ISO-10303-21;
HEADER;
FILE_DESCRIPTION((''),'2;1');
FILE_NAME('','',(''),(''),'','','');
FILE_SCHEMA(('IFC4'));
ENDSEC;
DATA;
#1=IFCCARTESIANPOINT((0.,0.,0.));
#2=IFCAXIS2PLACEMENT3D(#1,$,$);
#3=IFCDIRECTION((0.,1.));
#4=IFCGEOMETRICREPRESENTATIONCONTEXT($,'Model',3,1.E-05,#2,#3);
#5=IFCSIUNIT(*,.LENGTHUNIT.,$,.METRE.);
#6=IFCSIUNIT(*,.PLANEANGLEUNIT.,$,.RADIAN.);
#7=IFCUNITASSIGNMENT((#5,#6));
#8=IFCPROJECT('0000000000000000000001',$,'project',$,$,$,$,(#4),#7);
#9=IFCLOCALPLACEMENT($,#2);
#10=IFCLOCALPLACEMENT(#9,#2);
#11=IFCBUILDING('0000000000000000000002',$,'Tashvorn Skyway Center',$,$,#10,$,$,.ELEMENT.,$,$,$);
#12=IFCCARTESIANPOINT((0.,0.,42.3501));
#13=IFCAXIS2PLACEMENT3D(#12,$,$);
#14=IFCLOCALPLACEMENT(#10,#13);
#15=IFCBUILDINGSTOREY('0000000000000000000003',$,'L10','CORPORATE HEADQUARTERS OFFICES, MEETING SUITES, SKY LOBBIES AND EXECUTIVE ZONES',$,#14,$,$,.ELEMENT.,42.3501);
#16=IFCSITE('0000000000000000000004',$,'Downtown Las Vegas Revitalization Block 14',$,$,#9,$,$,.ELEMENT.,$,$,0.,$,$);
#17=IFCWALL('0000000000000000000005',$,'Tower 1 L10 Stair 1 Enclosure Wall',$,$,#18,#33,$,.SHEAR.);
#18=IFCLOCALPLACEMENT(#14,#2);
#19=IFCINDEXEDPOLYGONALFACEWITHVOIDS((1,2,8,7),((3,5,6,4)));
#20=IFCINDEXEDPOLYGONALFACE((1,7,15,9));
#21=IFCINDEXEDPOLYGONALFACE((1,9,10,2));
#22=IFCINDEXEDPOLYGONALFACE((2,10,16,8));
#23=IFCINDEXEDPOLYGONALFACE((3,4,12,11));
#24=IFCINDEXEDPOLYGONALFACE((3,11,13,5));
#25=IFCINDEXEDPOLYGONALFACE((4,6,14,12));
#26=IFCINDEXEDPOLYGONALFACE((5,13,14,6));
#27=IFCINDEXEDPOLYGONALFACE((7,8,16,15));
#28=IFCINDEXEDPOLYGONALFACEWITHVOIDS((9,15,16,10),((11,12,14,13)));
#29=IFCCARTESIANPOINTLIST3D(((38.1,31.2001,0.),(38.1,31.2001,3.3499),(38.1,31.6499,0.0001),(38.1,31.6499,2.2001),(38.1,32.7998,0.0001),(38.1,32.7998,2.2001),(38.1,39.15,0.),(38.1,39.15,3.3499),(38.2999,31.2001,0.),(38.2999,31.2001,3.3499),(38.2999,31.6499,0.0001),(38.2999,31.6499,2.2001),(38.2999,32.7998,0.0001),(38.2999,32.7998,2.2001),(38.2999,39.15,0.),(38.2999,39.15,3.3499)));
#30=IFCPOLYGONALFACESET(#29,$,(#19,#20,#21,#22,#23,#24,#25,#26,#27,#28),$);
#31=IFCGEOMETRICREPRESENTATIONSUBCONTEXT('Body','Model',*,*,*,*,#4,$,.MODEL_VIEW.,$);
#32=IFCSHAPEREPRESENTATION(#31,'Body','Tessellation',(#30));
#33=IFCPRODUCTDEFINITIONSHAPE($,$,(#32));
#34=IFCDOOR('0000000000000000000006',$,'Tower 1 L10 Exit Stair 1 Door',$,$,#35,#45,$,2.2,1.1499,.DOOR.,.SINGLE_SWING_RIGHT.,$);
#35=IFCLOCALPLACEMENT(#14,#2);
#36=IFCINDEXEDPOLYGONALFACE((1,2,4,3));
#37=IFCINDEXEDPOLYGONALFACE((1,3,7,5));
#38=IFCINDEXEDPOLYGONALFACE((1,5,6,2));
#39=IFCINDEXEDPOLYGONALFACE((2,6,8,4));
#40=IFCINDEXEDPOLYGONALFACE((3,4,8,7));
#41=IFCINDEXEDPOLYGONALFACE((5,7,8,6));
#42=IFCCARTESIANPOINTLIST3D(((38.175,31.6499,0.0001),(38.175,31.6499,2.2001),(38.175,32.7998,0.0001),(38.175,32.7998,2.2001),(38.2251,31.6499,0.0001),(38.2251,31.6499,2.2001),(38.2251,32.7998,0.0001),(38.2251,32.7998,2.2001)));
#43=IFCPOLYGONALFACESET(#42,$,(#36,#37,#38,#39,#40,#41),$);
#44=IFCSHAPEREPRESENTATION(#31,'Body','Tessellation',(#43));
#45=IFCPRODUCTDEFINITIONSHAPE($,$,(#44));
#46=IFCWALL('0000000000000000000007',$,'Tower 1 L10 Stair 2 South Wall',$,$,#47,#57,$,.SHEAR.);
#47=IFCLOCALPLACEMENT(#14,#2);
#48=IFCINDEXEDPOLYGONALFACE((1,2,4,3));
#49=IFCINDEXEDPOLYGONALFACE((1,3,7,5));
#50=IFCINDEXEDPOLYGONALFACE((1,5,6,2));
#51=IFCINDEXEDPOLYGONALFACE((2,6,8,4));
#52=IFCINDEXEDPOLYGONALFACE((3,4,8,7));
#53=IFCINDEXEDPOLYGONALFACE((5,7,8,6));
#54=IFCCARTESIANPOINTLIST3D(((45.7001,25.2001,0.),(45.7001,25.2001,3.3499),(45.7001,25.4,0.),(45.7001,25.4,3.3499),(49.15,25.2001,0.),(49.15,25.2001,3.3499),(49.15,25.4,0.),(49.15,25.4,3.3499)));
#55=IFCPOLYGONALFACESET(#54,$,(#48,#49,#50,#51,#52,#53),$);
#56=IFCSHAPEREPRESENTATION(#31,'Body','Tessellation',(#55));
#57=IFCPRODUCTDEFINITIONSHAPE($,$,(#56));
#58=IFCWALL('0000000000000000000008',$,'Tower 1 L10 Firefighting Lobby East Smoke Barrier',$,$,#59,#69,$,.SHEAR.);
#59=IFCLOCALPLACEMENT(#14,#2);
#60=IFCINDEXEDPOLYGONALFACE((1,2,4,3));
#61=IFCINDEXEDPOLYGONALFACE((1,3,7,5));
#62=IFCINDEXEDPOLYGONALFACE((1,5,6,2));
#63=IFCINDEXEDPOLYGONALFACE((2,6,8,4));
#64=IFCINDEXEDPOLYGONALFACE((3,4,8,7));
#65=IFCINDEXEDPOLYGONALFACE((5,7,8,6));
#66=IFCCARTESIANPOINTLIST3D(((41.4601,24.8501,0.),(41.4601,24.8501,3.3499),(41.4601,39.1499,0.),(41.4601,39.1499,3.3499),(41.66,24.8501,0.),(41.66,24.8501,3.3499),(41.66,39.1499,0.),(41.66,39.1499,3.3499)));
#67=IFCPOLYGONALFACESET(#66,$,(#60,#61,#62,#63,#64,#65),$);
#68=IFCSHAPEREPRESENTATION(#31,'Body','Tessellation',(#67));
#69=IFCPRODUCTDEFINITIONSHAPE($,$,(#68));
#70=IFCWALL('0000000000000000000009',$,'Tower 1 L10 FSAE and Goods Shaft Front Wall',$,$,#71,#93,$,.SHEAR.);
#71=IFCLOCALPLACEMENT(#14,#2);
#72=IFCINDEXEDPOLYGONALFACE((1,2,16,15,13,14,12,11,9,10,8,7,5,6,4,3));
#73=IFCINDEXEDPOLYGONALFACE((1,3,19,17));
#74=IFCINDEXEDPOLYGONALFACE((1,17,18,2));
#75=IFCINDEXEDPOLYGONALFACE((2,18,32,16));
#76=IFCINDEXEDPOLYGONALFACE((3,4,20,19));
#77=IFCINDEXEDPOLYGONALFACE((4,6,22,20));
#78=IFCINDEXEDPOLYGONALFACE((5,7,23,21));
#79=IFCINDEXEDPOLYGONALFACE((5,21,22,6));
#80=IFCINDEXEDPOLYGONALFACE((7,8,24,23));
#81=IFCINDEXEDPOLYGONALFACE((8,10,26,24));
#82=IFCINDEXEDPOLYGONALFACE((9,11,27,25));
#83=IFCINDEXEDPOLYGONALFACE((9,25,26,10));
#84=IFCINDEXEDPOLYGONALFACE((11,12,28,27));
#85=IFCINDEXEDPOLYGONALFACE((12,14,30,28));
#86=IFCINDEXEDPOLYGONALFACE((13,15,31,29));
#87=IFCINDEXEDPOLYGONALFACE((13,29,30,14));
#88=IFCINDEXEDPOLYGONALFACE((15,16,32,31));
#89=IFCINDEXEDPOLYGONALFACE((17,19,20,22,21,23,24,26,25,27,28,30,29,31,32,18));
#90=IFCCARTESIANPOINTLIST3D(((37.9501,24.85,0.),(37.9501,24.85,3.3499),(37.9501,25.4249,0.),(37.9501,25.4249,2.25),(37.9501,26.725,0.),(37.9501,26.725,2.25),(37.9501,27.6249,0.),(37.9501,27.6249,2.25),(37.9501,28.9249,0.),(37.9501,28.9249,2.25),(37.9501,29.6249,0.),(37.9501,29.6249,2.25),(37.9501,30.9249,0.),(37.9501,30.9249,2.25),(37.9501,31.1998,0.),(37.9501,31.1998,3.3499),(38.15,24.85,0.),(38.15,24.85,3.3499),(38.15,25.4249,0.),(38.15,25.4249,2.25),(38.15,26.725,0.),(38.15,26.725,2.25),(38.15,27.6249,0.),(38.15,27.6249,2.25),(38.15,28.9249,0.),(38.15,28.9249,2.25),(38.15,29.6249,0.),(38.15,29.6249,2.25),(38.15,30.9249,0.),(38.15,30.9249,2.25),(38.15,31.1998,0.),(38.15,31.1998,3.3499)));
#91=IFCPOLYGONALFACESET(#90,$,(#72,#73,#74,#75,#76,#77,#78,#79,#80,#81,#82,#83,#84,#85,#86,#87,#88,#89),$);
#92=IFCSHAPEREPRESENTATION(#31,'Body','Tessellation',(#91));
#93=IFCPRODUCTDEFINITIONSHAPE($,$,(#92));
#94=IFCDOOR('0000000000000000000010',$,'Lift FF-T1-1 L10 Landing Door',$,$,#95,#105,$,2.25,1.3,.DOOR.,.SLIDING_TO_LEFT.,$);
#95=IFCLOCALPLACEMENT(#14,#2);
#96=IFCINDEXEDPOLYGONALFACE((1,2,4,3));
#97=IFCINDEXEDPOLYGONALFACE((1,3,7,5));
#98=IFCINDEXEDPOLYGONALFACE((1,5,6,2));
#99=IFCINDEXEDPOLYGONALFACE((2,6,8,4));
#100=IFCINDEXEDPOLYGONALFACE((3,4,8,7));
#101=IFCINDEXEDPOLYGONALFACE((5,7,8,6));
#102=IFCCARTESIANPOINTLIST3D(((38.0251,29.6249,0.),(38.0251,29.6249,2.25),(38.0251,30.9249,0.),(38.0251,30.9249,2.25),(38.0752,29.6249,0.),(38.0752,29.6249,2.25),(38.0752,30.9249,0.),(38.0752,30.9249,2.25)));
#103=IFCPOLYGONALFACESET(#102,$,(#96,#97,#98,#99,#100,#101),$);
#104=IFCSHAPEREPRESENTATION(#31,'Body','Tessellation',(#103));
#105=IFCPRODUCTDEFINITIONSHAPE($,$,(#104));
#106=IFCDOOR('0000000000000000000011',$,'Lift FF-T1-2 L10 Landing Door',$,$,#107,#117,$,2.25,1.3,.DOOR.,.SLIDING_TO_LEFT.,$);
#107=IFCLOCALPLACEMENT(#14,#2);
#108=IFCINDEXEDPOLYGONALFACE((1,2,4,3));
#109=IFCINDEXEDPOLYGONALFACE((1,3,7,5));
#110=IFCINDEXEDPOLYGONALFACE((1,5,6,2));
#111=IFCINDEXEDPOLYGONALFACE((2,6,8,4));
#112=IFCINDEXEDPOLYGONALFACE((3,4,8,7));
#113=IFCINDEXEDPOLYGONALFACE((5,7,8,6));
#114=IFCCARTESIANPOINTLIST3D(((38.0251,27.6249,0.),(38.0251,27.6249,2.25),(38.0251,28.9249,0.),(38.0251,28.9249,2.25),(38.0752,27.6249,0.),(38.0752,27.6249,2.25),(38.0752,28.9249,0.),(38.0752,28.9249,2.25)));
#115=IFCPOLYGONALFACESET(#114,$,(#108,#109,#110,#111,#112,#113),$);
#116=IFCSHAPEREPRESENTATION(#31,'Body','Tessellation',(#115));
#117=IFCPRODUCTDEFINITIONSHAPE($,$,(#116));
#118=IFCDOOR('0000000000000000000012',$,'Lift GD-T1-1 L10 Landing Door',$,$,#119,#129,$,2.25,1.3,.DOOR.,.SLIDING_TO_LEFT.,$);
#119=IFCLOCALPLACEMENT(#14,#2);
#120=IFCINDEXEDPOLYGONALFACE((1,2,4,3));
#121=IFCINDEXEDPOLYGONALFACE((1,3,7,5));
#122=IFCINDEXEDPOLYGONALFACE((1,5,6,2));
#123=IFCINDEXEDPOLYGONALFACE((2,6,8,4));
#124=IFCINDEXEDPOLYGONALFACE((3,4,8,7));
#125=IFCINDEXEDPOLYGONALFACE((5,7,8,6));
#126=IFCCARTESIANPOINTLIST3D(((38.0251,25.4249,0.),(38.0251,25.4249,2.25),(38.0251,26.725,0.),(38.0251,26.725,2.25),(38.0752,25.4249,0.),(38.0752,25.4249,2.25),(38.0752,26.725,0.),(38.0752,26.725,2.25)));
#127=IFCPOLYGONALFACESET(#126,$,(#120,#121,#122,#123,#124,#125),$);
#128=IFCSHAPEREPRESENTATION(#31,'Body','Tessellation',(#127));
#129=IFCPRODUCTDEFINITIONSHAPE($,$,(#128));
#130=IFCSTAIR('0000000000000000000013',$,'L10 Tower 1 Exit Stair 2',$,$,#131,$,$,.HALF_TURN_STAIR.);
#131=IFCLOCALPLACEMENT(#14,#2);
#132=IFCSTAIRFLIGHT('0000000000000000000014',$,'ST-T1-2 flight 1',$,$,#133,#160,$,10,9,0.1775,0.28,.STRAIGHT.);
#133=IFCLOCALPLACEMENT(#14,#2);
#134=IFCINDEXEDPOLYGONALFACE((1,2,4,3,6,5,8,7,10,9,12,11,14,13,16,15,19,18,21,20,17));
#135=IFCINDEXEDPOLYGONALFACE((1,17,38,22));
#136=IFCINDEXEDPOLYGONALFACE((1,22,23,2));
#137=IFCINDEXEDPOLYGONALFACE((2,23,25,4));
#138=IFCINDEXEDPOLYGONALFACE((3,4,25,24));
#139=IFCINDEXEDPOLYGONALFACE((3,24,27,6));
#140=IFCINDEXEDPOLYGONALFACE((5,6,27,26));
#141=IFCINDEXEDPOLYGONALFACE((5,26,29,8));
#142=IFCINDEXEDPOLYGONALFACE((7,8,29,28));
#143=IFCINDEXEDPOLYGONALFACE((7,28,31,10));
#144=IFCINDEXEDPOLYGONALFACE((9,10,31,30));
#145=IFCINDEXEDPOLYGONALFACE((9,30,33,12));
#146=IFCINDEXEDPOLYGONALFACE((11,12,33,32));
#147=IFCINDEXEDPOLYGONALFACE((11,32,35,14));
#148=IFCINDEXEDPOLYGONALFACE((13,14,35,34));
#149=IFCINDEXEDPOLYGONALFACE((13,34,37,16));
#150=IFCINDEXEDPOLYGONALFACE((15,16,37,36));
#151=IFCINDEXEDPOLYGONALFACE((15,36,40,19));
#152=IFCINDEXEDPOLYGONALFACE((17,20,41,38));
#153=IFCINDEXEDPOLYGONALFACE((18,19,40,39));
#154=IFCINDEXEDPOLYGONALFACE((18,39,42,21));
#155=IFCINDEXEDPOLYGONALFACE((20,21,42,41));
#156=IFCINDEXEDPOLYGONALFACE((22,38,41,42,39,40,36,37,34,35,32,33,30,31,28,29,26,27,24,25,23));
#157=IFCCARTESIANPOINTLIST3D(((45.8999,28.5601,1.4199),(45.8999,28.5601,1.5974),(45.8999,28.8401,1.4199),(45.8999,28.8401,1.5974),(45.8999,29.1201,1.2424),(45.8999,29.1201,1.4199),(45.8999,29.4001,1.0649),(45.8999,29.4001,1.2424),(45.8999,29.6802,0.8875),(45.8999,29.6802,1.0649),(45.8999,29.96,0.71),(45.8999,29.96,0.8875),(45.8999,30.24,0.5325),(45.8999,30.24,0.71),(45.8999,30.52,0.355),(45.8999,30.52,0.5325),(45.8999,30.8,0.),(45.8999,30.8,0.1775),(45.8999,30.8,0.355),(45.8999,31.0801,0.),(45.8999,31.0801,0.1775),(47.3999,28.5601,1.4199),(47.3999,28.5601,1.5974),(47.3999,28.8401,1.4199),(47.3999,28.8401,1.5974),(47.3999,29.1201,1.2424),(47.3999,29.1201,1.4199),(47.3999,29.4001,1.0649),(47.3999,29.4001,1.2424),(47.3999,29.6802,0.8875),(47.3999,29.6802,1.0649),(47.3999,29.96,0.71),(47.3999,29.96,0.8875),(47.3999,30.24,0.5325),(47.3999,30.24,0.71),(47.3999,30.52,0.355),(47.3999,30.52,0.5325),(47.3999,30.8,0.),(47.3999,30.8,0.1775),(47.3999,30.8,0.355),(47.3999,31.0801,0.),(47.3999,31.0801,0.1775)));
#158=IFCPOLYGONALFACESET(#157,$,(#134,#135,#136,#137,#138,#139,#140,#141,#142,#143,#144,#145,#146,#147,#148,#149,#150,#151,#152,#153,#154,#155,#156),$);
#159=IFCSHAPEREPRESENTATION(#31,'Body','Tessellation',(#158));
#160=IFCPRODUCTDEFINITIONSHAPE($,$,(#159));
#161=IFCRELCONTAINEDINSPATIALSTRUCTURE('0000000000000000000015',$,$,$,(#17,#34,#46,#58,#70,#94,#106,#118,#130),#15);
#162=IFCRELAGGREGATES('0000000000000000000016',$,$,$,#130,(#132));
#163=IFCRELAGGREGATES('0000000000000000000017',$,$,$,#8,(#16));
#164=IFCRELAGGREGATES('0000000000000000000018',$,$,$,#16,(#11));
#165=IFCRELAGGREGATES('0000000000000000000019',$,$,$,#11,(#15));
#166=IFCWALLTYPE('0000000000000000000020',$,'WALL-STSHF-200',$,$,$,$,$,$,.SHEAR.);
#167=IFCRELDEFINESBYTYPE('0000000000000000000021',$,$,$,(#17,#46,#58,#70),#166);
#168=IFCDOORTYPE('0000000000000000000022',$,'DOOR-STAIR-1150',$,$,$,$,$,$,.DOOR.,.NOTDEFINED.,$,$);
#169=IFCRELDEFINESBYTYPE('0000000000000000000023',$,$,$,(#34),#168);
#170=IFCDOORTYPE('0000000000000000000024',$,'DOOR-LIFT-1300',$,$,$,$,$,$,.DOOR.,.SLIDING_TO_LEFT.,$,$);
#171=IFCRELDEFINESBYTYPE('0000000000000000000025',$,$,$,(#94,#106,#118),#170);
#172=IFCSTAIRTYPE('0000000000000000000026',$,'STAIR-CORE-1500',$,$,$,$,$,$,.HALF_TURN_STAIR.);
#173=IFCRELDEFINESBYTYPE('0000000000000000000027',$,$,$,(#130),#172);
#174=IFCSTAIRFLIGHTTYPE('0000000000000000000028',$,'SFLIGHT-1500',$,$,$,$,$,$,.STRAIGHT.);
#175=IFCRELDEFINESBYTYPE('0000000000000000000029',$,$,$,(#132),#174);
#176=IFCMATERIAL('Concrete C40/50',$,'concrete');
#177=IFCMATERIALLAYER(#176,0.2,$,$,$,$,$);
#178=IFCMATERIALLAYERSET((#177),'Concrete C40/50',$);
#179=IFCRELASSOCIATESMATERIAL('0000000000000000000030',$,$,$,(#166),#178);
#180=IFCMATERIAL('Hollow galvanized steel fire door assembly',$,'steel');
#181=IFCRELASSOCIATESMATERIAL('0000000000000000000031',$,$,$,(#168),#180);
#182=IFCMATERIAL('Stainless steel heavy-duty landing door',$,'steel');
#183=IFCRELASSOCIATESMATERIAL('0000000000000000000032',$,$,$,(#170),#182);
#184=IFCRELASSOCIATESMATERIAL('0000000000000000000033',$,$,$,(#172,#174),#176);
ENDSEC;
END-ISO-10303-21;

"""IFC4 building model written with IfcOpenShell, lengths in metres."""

from ifc_helpers import new_model, si_unit, direction, frame, frame_2d, origin, place, context, subcontext, project, spatial, polyline, rectangle, outline, extrude, material, layer, layer_set, type_object, element, fill, aggregate, save


model = new_model("IFC4")

# Units and contexts
model_context = context("Model", 3, precision=1e-05, world=origin(), true_north=direction((0.0, 1.0)))
body_context = subcontext(model_context, "Body", "Model", "MODEL_VIEW")
ifc_project = project(units=[si_unit("LENGTHUNIT", "METRE"), si_unit("PLANEANGLEUNIT", "RADIAN")], contexts=[model_context])

# Site, building, storey
site_placement = place(None, origin())
site = spatial("IfcSite", under=ifc_project, at=site_placement, Name="Downtown Las Vegas Revitalization Block 14", CompositionType="ELEMENT", RefElevation=0.0)
building_placement = place(site_placement, origin())
building = spatial("IfcBuilding", under=site, at=building_placement, Name="Tashvorn Skyway Center", CompositionType="ELEMENT")
storey_placement = place(building_placement, frame((0.0, 0.0, 42.3501)))
storey = spatial("IfcBuildingStorey", under=building, at=storey_placement, Name="L10", Description="CORPORATE HEADQUARTERS OFFICES, MEETING SUITES, SKY LOBBIES AND EXECUTIVE ZONES", CompositionType="ELEMENT", Elevation=42.3501)

# Shared definitions
ifc_material_1 = material(Name="Concrete C40/50", Category="concrete")
ifc_material_2 = material(Name="Hollow galvanized steel fire door assembly", Category="steel")

# Wall, opening, door
ifc_layer_1 = layer(ifc_material_1, 0.2)
ifc_layer_set_1 = layer_set([ifc_layer_1], Name="Concrete C40/50")
wall_type_1 = type_object("IfcWallType", Name="WALL-STSHF-200", PredefinedType="SHEAR", material=ifc_layer_set_1)
wall_1_placement = place(storey_placement, frame((38.2, 31.2, 0.0), z_axis=(0.0, 0.0, 1.0), x_axis=(0.0, 1.0, 0.0)))
wall_1 = element("IfcWall", 1, at=wall_1_placement, inside=storey, type_object=wall_type_1, Name="Tower 1 L10 Stair 1 Enclosure Wall", PredefinedType="SHEAR", context=body_context, shape_type="SweptSolid", body=[
    extrude(rectangle(XDim=7.95, YDim=0.2, at=frame_2d((3.9751, 0.0))), origin(), (0.0, 0.0, 1.0), 3.3499),
])
opening_1_placement = place(wall_1_placement, frame((0.45, 0.0, 0.0)))
opening_1 = element("IfcOpeningElement", 2, at=opening_1_placement, cuts=wall_1, PredefinedType="OPENING", context=body_context, shape_type="SweptSolid", body=[
    extrude(rectangle(XDim=1.1499, YDim=2.2, at=frame_2d((0.575, 1.1001))), frame((0.0, 0.1099, 0.0), z_axis=(0.0, -1.0, 0.0), x_axis=(1.0, 0.0, 0.0)), (0.0, 0.0, 1.0), 0.22),
])
door_type_1 = type_object("IfcDoorType", Name="DOOR-STAIR-1150", OperationType="NOTDEFINED", PredefinedType="DOOR", material=ifc_material_2)
door_1_placement = place(opening_1_placement, origin())
door_1 = element("IfcDoor", 3, at=door_1_placement, inside=storey, type_object=door_type_1, Name="Tower 1 L10 Exit Stair 1 Door", OperationType="SINGLE_SWING_RIGHT", OverallHeight=2.2, OverallWidth=1.1499, PredefinedType="DOOR", context=body_context, shape_type="SweptSolid", body=[
    extrude(rectangle(XDim=1.1499, YDim=2.2, at=frame_2d((0.575, 1.1001))), frame((0.0, 0.0249, 0.0), z_axis=(0.0, -1.0, 0.0), x_axis=(1.0, 0.0, 0.0)), (0.0, 0.0, 1.0), 0.05),
])
fill(opening_1, door_1)

# Walls
wall_2_placement = place(storey_placement, frame((45.7, 25.3, 0.0), z_axis=(0.0, 0.0, 1.0), x_axis=(1.0, 0.0, 0.0)))
element("IfcWall", 4, at=wall_2_placement, inside=storey, type_object=wall_type_1, Name="Tower 1 L10 Stair 2 South Wall", PredefinedType="SHEAR", context=body_context, shape_type="SweptSolid", body=[
    extrude(rectangle(XDim=3.45, YDim=0.2, at=frame_2d((1.7251, 0.0))), origin(), (0.0, 0.0, 1.0), 3.3499),
])
wall_3_placement = place(storey_placement, frame((41.5601, 24.8501, 0.0), z_axis=(0.0, 0.0, 1.0), x_axis=(0.0, 1.0, 0.0)))
element("IfcWall", 5, at=wall_3_placement, inside=storey, type_object=wall_type_1, Name="Tower 1 L10 Firefighting Lobby East Smoke Barrier", PredefinedType="SHEAR", context=body_context, shape_type="SweptSolid", body=[
    extrude(rectangle(XDim=14.2998, YDim=0.2, at=frame_2d((7.1499, 0.0))), origin(), (0.0, 0.0, 1.0), 3.3499),
])

# Wall, openings, doors
wall_4_placement = place(storey_placement, frame((38.05, 24.8501, 0.0), z_axis=(0.0, 0.0, 1.0), x_axis=(0.0, 1.0, 0.0)))
wall_4 = element("IfcWall", 6, at=wall_4_placement, inside=storey, type_object=wall_type_1, Name="Tower 1 L10 FSAE and Goods Shaft Front Wall", PredefinedType="SHEAR", context=body_context, shape_type="SweptSolid", body=[
    extrude(rectangle(XDim=6.3499, YDim=0.2, at=frame_2d((3.1748, 0.0))), origin(), (0.0, 0.0, 1.0), 3.3499),
])
opening_2_placement = place(wall_4_placement, frame((4.7749, 0.0, 0.0)))
opening_2 = element("IfcOpeningElement", 7, at=opening_2_placement, cuts=wall_4, PredefinedType="OPENING", context=body_context, shape_type="SweptSolid", body=[
    extrude(rectangle(XDim=1.3, YDim=2.25, at=frame_2d((0.6499, 1.125))), frame((0.0, 0.1099, 0.0), z_axis=(0.0, -1.0, 0.0), x_axis=(1.0, 0.0, 0.0)), (0.0, 0.0, 1.0), 0.22),
])
opening_3_placement = place(wall_4_placement, frame((2.7749, 0.0, 0.0)))
opening_3 = element("IfcOpeningElement", 8, at=opening_3_placement, cuts=wall_4, PredefinedType="OPENING", context=body_context, shape_type="SweptSolid", body=[
    extrude(rectangle(XDim=1.3, YDim=2.25, at=frame_2d((0.6499, 1.125))), frame((0.0, 0.1099, 0.0), z_axis=(0.0, -1.0, 0.0), x_axis=(1.0, 0.0, 0.0)), (0.0, 0.0, 1.0), 0.22),
])
opening_4_placement = place(wall_4_placement, frame((0.575, 0.0, 0.0)))
opening_4 = element("IfcOpeningElement", 9, at=opening_4_placement, cuts=wall_4, PredefinedType="OPENING", context=body_context, shape_type="SweptSolid", body=[
    extrude(rectangle(XDim=1.3, YDim=2.25, at=frame_2d((0.6499, 1.125))), frame((0.0, 0.1099, 0.0), z_axis=(0.0, -1.0, 0.0), x_axis=(1.0, 0.0, 0.0)), (0.0, 0.0, 1.0), 0.22),
])
ifc_material_3 = material(Name="Stainless steel heavy-duty landing door", Category="steel")
door_type_2 = type_object("IfcDoorType", Name="DOOR-LIFT-1300", OperationType="SLIDING_TO_LEFT", PredefinedType="DOOR", material=ifc_material_3)
door_2_placement = place(opening_2_placement, origin())
door_2 = element("IfcDoor", 10, at=door_2_placement, inside=storey, type_object=door_type_2, Name="Lift FF-T1-1 L10 Landing Door", OperationType="SLIDING_TO_LEFT", OverallHeight=2.25, OverallWidth=1.3, PredefinedType="DOOR", context=body_context, shape_type="SweptSolid", body=[
    extrude(rectangle(XDim=1.3, YDim=2.25, at=frame_2d((0.6499, 1.125))), frame((0.0, 0.0249, 0.0), z_axis=(0.0, -1.0, 0.0), x_axis=(1.0, 0.0, 0.0)), (0.0, 0.0, 1.0), 0.05),
])
fill(opening_2, door_2)
door_3_placement = place(opening_3_placement, origin())
door_3 = element("IfcDoor", 11, at=door_3_placement, inside=storey, type_object=door_type_2, Name="Lift FF-T1-2 L10 Landing Door", OperationType="SLIDING_TO_LEFT", OverallHeight=2.25, OverallWidth=1.3, PredefinedType="DOOR", context=body_context, shape_type="SweptSolid", body=[
    extrude(rectangle(XDim=1.3, YDim=2.25, at=frame_2d((0.6499, 1.125))), frame((0.0, 0.0249, 0.0), z_axis=(0.0, -1.0, 0.0), x_axis=(1.0, 0.0, 0.0)), (0.0, 0.0, 1.0), 0.05),
])
fill(opening_3, door_3)
door_4_placement = place(opening_4_placement, origin())
door_4 = element("IfcDoor", 12, at=door_4_placement, inside=storey, type_object=door_type_2, Name="Lift GD-T1-1 L10 Landing Door", OperationType="SLIDING_TO_LEFT", OverallHeight=2.25, OverallWidth=1.3, PredefinedType="DOOR", context=body_context, shape_type="SweptSolid", body=[
    extrude(rectangle(XDim=1.3, YDim=2.25, at=frame_2d((0.6499, 1.125))), frame((0.0, 0.0249, 0.0), z_axis=(0.0, -1.0, 0.0), x_axis=(1.0, 0.0, 0.0)), (0.0, 0.0, 1.0), 0.05),
])
fill(opening_4, door_4)

# Stair, stair flight
stair_type = type_object("IfcStairType", Name="STAIR-CORE-1500", PredefinedType="HALF_TURN_STAIR", material=ifc_material_1)
stair_placement = place(storey_placement, origin())
stair = element("IfcStair", 13, at=stair_placement, inside=storey, type_object=stair_type, Name="L10 Tower 1 Exit Stair 2", PredefinedType="HALF_TURN_STAIR")
stair_flight_type = type_object("IfcStairFlightType", Name="SFLIGHT-1500", PredefinedType="STRAIGHT", material=ifc_material_1)
stair_flight_1_placement = place(storey_placement, frame((46.6499, 31.0801, 0.0), z_axis=(0.0, 0.0, 1.0), x_axis=(0.0, -1.0, 0.0)))
stair_flight_1 = element("IfcStairFlight", 14, at=stair_flight_1_placement, type_object=stair_flight_type, Name="ST-T1-2 flight 1", NumberOfRisers=10, NumberOfTreads=9, PredefinedType="STRAIGHT", RiserHeight=0.1775, TreadLength=0.28, context=body_context, shape_type="SweptSolid", body=[
    extrude(outline(polyline([(0.0, 0.0), (0.0, 0.1775), (0.28, 0.1775), (0.28, 0.355), (0.5601, 0.355), (0.5601, 0.5325), (0.8401, 0.5325), (0.8401, 0.71), (1.1201, 0.71), (1.1201, 0.8875), (1.3999, 0.8875), (1.3999, 1.0649), (1.6799, 1.0649), (1.6799, 1.2424), (1.96, 1.2424), (1.96, 1.4199), (2.24, 1.4199), (2.24, 1.5974), (2.52, 1.5974), (2.52, 1.7749), (2.52, 1.4199), (0.28, 0.0), (0.0, 0.0)])), frame((0.0, 0.75, 0.0), z_axis=(0.0, -1.0, 0.0), x_axis=(1.0, 0.0, 0.0)), (0.0, 0.0, 1.0), 1.5),
])
aggregate(stair, [stair_flight_1])

save(model, "model.ifc")
